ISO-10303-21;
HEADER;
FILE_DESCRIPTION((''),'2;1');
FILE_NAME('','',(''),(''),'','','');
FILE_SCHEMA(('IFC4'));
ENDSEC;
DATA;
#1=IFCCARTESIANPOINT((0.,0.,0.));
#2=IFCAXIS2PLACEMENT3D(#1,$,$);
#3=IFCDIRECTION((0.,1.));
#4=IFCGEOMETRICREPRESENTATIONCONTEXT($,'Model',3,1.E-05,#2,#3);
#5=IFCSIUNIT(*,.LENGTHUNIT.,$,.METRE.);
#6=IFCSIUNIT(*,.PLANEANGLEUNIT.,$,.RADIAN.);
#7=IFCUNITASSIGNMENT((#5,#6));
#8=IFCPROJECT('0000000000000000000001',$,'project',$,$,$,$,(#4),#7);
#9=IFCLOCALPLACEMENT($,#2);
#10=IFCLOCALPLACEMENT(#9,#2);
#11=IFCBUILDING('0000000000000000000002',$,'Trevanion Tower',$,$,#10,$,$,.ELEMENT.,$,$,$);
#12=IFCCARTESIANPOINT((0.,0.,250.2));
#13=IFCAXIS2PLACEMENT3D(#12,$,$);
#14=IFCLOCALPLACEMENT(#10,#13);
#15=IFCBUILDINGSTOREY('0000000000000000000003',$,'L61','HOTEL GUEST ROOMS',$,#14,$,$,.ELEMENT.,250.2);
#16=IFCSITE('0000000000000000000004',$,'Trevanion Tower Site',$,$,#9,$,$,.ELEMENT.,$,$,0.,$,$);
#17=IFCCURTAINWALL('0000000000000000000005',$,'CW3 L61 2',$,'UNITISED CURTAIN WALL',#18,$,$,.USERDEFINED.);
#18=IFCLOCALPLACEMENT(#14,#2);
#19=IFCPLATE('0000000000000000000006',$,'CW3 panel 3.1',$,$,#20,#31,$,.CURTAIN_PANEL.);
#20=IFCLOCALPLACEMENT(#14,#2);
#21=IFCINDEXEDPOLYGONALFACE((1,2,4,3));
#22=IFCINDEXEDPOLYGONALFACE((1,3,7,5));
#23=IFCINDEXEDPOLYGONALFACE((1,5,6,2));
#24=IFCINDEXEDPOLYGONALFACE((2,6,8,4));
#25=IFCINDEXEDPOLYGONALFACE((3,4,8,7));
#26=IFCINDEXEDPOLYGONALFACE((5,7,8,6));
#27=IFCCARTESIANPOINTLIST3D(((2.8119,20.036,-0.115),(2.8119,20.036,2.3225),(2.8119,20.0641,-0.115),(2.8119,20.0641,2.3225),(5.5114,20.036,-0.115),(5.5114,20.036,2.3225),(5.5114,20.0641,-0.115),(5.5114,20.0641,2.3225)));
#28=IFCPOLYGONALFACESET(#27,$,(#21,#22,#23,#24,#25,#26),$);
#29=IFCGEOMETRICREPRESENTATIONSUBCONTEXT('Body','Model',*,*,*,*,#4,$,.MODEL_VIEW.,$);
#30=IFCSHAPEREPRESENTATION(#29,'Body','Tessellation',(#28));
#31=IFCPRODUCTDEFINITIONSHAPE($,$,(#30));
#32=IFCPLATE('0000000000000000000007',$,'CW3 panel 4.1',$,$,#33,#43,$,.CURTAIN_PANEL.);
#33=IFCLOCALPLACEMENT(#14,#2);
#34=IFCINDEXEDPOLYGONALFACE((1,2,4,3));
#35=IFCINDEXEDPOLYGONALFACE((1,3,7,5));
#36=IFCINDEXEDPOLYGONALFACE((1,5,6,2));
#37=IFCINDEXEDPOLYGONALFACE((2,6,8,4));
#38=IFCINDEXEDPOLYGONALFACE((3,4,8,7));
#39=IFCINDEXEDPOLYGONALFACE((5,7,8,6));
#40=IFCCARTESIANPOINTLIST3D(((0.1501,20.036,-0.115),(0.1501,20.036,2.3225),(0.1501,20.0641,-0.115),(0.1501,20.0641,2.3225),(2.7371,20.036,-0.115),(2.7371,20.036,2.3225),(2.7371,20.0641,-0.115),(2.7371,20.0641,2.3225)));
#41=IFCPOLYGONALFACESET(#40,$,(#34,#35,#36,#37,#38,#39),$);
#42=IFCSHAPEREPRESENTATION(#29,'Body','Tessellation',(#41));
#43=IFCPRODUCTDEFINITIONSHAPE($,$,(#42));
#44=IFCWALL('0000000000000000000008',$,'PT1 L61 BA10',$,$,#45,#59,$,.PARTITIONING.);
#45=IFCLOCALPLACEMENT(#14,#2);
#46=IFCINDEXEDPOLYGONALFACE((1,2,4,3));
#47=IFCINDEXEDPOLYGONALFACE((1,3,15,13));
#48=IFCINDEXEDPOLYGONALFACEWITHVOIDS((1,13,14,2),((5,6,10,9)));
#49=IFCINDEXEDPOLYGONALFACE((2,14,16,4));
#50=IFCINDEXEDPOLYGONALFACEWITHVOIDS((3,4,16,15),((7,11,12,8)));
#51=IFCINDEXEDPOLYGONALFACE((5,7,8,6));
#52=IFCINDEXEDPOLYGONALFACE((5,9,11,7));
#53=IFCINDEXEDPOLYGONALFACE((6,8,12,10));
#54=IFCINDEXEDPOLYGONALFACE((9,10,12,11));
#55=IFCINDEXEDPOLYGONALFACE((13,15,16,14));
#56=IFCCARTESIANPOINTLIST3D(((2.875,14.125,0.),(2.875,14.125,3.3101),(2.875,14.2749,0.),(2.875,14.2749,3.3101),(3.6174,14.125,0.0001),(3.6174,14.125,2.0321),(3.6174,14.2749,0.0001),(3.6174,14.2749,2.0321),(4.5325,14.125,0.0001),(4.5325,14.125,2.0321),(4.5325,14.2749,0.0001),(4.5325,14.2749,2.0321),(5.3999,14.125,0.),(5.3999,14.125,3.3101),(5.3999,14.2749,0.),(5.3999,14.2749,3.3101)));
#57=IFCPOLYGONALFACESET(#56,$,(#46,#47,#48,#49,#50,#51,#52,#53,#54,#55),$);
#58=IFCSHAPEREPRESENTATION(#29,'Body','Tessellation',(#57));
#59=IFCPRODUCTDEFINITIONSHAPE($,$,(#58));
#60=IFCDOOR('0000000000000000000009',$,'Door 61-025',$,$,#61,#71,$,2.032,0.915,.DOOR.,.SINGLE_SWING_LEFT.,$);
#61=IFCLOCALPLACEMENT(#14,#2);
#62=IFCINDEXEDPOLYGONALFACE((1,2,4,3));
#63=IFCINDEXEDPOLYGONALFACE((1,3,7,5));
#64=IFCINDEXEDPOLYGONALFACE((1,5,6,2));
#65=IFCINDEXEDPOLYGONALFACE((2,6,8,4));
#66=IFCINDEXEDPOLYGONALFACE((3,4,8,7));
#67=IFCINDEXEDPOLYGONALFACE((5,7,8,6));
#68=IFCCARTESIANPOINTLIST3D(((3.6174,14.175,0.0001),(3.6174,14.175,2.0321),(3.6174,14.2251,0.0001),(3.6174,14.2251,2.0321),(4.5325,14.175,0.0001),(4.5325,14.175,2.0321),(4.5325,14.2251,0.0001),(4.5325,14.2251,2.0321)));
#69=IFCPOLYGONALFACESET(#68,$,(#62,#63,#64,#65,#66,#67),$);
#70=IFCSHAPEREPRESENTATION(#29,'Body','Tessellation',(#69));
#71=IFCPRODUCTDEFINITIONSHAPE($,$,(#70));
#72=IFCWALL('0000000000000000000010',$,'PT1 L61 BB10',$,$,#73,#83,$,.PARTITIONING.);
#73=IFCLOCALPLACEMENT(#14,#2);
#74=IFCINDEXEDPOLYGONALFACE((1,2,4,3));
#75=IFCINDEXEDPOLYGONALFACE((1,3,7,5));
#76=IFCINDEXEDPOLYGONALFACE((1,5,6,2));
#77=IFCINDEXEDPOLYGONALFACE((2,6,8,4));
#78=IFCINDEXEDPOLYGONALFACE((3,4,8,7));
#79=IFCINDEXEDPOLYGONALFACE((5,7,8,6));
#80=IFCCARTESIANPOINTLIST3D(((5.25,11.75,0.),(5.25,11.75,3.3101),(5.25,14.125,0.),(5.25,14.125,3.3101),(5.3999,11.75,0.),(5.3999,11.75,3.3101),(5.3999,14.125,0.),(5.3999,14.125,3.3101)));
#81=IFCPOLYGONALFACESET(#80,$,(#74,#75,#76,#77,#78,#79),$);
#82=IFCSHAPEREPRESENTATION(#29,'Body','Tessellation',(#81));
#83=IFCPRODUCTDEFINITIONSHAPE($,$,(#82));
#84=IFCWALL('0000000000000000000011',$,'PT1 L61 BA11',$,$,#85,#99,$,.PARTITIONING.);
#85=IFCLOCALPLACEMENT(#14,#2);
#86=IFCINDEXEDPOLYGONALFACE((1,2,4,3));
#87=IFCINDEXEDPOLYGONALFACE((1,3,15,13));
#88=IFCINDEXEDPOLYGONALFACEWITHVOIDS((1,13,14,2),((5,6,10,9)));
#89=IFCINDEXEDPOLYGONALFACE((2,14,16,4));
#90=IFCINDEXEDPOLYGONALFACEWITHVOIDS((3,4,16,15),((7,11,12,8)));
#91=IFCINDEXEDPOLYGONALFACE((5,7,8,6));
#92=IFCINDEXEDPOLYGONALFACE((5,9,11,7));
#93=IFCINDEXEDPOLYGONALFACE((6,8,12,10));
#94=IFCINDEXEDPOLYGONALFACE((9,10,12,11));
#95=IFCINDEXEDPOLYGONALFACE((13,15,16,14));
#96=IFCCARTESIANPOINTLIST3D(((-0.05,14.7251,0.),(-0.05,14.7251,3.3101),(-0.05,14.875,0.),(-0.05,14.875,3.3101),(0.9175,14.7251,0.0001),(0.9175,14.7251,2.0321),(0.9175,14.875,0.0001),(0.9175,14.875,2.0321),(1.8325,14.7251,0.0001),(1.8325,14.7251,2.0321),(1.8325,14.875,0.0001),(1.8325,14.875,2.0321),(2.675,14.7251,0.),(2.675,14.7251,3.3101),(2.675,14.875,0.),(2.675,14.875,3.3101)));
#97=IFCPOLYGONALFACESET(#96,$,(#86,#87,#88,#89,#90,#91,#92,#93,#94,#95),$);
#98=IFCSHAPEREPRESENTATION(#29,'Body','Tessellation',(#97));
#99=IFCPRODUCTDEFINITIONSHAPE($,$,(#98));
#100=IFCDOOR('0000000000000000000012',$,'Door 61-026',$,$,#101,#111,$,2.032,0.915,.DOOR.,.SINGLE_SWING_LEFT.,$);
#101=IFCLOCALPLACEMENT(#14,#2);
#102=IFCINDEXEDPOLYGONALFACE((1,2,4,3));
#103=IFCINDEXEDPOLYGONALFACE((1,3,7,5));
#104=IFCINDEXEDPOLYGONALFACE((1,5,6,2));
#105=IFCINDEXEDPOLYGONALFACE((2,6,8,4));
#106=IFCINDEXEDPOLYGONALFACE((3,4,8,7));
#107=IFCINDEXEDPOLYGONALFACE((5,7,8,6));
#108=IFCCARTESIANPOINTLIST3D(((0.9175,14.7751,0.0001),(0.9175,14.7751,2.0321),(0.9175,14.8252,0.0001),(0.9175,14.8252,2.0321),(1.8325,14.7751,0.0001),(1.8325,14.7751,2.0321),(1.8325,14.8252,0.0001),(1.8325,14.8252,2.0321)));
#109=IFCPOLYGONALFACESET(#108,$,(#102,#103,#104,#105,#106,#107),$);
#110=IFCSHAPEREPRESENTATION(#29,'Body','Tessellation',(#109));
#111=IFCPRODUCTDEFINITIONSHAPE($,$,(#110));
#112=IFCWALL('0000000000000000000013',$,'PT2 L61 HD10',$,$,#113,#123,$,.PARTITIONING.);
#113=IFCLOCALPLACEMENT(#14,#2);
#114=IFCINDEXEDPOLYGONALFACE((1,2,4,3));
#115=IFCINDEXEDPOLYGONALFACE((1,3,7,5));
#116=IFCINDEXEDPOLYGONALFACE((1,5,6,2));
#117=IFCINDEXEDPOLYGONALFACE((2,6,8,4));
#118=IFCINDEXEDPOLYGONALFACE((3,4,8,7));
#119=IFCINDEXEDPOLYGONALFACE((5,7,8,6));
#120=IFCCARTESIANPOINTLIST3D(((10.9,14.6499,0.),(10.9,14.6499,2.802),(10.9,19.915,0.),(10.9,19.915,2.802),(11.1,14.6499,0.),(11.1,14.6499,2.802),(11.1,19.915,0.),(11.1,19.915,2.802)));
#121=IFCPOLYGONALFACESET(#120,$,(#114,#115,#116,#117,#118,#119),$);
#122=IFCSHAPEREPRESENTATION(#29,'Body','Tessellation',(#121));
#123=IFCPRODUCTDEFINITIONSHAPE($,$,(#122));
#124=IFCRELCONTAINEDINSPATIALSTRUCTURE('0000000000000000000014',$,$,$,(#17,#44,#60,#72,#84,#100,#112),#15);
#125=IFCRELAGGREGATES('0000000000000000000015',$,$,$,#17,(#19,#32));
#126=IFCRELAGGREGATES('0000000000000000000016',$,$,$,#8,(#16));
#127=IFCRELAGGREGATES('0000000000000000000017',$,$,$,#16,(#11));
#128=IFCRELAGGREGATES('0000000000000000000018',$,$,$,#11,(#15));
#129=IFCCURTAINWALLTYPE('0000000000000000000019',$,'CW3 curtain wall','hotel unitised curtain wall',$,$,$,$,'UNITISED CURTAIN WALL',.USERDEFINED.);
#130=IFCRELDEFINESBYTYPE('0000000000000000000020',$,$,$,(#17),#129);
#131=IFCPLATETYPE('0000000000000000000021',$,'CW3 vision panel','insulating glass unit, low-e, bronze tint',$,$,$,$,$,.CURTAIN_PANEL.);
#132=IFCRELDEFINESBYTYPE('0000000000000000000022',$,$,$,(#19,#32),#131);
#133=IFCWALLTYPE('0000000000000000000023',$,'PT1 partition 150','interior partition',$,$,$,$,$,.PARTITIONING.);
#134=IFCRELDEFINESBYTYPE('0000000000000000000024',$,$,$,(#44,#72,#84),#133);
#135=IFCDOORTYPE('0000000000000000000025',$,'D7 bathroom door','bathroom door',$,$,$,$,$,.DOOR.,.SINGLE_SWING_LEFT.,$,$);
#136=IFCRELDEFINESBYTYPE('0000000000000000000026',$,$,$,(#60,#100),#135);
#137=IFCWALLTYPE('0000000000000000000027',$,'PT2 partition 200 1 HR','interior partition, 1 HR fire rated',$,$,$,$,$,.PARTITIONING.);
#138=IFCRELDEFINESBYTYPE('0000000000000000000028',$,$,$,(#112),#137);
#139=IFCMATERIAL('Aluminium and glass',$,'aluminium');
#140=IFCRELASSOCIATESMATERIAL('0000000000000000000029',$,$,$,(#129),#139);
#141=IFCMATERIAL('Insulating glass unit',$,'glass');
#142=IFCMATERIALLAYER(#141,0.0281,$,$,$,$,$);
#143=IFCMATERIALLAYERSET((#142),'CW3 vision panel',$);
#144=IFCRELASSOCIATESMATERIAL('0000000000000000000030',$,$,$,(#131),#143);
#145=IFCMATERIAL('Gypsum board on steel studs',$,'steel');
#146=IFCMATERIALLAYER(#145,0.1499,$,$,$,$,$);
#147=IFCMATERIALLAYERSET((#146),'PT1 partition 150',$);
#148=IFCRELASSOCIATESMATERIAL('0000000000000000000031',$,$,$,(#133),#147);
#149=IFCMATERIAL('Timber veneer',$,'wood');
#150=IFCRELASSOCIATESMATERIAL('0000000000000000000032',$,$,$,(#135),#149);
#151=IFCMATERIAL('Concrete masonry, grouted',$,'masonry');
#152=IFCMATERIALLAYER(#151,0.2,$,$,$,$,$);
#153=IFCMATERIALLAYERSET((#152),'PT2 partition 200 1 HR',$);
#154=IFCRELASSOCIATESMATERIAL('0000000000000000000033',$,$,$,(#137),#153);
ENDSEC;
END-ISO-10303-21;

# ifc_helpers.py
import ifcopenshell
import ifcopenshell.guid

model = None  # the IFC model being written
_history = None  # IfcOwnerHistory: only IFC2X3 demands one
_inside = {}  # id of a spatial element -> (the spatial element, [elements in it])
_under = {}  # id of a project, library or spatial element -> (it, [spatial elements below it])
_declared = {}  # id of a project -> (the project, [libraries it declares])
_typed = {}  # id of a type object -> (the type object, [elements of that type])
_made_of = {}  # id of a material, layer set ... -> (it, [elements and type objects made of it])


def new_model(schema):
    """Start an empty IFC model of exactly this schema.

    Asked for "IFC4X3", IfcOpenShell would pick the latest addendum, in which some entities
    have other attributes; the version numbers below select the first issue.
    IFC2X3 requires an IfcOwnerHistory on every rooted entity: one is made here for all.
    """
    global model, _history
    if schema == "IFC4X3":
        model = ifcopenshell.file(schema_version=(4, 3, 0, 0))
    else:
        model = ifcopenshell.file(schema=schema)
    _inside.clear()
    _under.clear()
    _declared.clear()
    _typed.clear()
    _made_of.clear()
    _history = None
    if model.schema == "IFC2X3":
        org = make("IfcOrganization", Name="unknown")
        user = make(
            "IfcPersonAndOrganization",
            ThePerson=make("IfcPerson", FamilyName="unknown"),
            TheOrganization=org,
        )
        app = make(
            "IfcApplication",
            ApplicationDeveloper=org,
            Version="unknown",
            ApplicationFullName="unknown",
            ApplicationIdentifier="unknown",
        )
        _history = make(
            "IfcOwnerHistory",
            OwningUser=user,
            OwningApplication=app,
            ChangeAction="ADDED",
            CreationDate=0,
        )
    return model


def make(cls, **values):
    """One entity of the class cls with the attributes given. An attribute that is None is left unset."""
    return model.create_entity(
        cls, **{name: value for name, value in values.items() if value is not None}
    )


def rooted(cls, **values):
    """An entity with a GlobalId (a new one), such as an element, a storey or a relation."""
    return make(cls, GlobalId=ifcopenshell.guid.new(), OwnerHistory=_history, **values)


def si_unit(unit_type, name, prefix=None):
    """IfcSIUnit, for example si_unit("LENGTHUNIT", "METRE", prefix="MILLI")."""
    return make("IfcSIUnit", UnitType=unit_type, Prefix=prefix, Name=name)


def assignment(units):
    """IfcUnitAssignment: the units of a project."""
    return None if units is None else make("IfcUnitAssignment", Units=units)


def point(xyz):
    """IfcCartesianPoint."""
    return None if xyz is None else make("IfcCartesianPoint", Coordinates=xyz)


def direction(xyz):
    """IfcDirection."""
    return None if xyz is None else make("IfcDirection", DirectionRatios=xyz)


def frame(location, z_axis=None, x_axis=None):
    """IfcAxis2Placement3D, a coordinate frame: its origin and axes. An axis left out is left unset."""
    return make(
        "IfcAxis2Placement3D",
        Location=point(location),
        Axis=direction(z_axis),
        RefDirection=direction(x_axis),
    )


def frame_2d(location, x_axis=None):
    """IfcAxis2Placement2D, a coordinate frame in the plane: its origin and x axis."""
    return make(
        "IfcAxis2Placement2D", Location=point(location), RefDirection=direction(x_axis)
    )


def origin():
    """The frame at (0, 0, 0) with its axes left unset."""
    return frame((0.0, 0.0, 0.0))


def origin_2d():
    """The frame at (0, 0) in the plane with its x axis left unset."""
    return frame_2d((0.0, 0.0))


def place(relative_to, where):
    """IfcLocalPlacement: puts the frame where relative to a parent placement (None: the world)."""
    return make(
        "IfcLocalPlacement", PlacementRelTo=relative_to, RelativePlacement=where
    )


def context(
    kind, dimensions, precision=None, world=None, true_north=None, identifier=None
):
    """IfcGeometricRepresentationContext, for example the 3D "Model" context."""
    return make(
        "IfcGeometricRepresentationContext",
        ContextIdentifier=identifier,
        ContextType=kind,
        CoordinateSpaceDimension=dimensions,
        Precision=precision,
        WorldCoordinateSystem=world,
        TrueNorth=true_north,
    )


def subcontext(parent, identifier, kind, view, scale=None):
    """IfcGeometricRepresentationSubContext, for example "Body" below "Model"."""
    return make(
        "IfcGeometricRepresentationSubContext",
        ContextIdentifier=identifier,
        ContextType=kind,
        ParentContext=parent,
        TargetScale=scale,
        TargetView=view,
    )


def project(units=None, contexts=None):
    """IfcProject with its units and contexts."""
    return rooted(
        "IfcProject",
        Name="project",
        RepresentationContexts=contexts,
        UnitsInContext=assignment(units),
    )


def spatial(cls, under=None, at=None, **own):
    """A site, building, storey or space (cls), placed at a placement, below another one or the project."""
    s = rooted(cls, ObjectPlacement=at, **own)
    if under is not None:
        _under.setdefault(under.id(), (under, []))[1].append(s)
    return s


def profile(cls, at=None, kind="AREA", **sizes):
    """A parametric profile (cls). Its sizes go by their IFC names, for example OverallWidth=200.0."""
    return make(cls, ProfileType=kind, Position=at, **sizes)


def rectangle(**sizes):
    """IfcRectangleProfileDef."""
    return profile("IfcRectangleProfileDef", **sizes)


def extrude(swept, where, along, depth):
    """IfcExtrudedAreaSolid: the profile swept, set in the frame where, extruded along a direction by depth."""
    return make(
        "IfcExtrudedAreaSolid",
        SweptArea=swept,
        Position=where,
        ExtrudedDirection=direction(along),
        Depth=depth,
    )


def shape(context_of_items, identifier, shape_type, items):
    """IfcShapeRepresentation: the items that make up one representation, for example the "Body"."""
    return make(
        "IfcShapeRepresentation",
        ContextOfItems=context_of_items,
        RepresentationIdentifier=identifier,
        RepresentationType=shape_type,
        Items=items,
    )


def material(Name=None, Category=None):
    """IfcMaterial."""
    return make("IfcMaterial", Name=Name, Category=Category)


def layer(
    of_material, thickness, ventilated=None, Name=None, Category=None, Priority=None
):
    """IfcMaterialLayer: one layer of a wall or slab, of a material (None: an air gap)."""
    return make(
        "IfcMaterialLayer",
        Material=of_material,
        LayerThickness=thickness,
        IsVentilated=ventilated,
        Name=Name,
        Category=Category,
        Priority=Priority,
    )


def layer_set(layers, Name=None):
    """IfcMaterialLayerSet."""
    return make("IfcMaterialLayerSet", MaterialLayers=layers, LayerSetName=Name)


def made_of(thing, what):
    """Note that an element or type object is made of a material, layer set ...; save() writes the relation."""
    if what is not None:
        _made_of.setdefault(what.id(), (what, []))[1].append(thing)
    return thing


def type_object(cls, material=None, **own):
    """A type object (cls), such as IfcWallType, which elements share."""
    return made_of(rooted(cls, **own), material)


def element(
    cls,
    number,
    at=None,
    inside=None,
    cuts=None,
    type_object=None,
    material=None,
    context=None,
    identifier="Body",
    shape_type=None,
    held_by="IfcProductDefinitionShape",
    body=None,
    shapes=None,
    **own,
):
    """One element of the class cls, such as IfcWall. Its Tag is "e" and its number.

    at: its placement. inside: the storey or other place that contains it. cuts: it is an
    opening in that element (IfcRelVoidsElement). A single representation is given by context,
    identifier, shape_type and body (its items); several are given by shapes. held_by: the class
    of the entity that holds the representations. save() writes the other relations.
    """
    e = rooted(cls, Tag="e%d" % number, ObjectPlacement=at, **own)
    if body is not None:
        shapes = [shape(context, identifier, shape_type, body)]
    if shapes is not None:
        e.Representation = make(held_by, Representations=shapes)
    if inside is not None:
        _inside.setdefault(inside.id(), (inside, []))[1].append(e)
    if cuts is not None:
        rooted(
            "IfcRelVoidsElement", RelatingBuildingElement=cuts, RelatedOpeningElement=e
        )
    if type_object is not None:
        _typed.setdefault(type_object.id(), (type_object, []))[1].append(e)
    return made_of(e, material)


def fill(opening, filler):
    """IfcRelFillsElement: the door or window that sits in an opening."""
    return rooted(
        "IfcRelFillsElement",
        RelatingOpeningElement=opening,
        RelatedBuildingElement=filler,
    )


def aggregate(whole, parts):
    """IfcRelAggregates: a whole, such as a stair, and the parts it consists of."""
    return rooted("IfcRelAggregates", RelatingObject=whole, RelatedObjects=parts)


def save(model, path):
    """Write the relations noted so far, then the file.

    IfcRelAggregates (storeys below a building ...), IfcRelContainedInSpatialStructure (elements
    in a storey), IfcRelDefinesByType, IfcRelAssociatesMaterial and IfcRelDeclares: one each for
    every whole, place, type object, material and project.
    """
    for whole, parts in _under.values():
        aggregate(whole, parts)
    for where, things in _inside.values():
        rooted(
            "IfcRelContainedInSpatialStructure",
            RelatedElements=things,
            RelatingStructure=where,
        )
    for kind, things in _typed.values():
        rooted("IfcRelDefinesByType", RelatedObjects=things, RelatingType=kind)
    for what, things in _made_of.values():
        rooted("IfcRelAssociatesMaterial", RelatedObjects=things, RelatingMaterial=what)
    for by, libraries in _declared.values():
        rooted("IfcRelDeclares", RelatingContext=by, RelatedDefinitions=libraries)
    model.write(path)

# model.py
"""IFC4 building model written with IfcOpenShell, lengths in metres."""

from ifc_helpers import new_model, si_unit, direction, frame, frame_2d, origin, origin_2d, place, context, subcontext, project, spatial, rectangle, extrude, material, layer, layer_set, type_object, element, fill, aggregate, save


model = new_model("IFC4")

# Units and contexts
model_context = context("Model", 3, precision=1e-05, world=origin(), true_north=direction((0.0, 1.0)))
body_context = subcontext(model_context, "Body", "Model", "MODEL_VIEW")
ifc_project = project(units=[si_unit("LENGTHUNIT", "METRE"), si_unit("PLANEANGLEUNIT", "RADIAN")], contexts=[model_context])

# Site, building, storey
site_placement = place(None, origin())
site = spatial("IfcSite", under=ifc_project, at=site_placement, Name="Trevanion Tower Site", CompositionType="ELEMENT", RefElevation=0.0)
building_placement = place(site_placement, origin())
building = spatial("IfcBuilding", under=site, at=building_placement, Name="Trevanion Tower", CompositionType="ELEMENT")
storey_placement = place(building_placement, frame((0.0, 0.0, 250.2)))
storey = spatial("IfcBuildingStorey", under=building, at=storey_placement, Name="L61", Description="HOTEL GUEST ROOMS", CompositionType="ELEMENT", Elevation=250.2)

# Curtain wall
ifc_material_1 = material(Name="Aluminium and glass", Category="aluminium")
curtain_wall_type = type_object("IfcCurtainWallType", Name="CW3 curtain wall", Description="hotel unitised curtain wall", ElementType="UNITISED CURTAIN WALL", PredefinedType="USERDEFINED", material=ifc_material_1)
curtain_wall_1_placement = place(storey_placement, origin())
curtain_wall_1 = element("IfcCurtainWall", 1, at=curtain_wall_1_placement, inside=storey, type_object=curtain_wall_type, Name="CW3 L61 2", ObjectType="UNITISED CURTAIN WALL", PredefinedType="USERDEFINED")

# Plates
ifc_material_2 = material(Name="Insulating glass unit", Category="glass")
ifc_layer_1 = layer(ifc_material_2, 0.0281)
ifc_layer_set_1 = layer_set([ifc_layer_1], Name="CW3 vision panel")
plate_type_1 = type_object("IfcPlateType", Name="CW3 vision panel", Description="insulating glass unit, low-e, bronze tint", PredefinedType="CURTAIN_PANEL", material=ifc_layer_set_1)
plate_1_placement = place(storey_placement, frame((4.1616, 20.05, -0.115), z_axis=(0.0, 0.0, 1.0), x_axis=(-1.0, 0.0, 0.0)))
plate_1 = element("IfcPlate", 2, at=plate_1_placement, type_object=plate_type_1, Name="CW3 panel 3.1", PredefinedType="CURTAIN_PANEL", context=body_context, shape_type="SweptSolid", body=[
    extrude(rectangle(XDim=2.6995, YDim=0.0281, at=origin_2d()), origin(), (0.0, 0.0, 1.0), 2.4375),
])
plate_2_placement = place(storey_placement, frame((1.4436, 20.05, -0.115), z_axis=(0.0, 0.0, 1.0), x_axis=(-1.0, 0.0, 0.0)))
plate_2 = element("IfcPlate", 3, at=plate_2_placement, type_object=plate_type_1, Name="CW3 panel 4.1", PredefinedType="CURTAIN_PANEL", context=body_context, shape_type="SweptSolid", body=[
    extrude(rectangle(XDim=2.5869, YDim=0.0281, at=origin_2d()), origin(), (0.0, 0.0, 1.0), 2.4375),
])
aggregate(curtain_wall_1, [plate_1, plate_2])

# Wall, opening, door
ifc_material_3 = material(Name="Gypsum board on steel studs", Category="steel")
ifc_layer_2 = layer(ifc_material_3, 0.1499)
ifc_layer_set_2 = layer_set([ifc_layer_2], Name="PT1 partition 150")
wall_type_1 = type_object("IfcWallType", Name="PT1 partition 150", Description="interior partition", PredefinedType="PARTITIONING", material=ifc_layer_set_2)
wall_1_placement = place(storey_placement, frame((5.3999, 14.2, 0.0), z_axis=(0.0, 0.0, 1.0), x_axis=(-1.0, 0.0, 0.0)))
wall_1 = element("IfcWall", 4, at=wall_1_placement, inside=storey, type_object=wall_type_1, Name="PT1 L61 BA10", PredefinedType="PARTITIONING", context=body_context, shape_type="SweptSolid", body=[
    extrude(rectangle(XDim=2.5249, YDim=0.1499, at=frame_2d((1.2625, 0.0))), origin(), (0.0, 0.0, 1.0), 3.3101),
])
opening_1_placement = place(wall_1_placement, frame((0.8674, 0.0, 0.0)))
opening_1 = element("IfcOpeningElement", 5, at=opening_1_placement, cuts=wall_1, PredefinedType="OPENING", context=body_context, shape_type="SweptSolid", body=[
    extrude(rectangle(XDim=0.915, YDim=2.032, at=frame_2d((0.4575, 1.0161))), frame((0.0, 0.085, 0.0), z_axis=(0.0, -1.0, 0.0), x_axis=(1.0, 0.0, 0.0)), (0.0, 0.0, 1.0), 0.1699),
])
ifc_material_4 = material(Name="Timber veneer", Category="wood")
door_type = type_object("IfcDoorType", Name="D7 bathroom door", Description="bathroom door", OperationType="SINGLE_SWING_LEFT", PredefinedType="DOOR", material=ifc_material_4)
door_1_placement = place(opening_1_placement, origin())
door_1 = element("IfcDoor", 6, at=door_1_placement, inside=storey, type_object=door_type, Name="Door 61-025", OperationType="SINGLE_SWING_LEFT", OverallHeight=2.032, OverallWidth=0.915, PredefinedType="DOOR", context=body_context, shape_type="SweptSolid", body=[
    extrude(rectangle(XDim=0.915, YDim=2.032, at=frame_2d((0.4575, 1.0161))), frame((0.0, 0.0249, 0.0), z_axis=(0.0, -1.0, 0.0), x_axis=(1.0, 0.0, 0.0)), (0.0, 0.0, 1.0), 0.05),
])
fill(opening_1, door_1)

# Wall
wall_2_placement = place(storey_placement, frame((5.325, 11.75, 0.0), z_axis=(0.0, 0.0, 1.0), x_axis=(0.0, 1.0, 0.0)))
element("IfcWall", 7, at=wall_2_placement, inside=storey, type_object=wall_type_1, Name="PT1 L61 BB10", PredefinedType="PARTITIONING", context=body_context, shape_type="SweptSolid", body=[
    extrude(rectangle(XDim=2.375, YDim=0.1499, at=frame_2d((1.1875, 0.0))), origin(), (0.0, 0.0, 1.0), 3.3101),
])

# Wall, opening, door
wall_3_placement = place(storey_placement, frame((2.675, 14.8, 0.0), z_axis=(0.0, 0.0, 1.0), x_axis=(-1.0, 0.0, 0.0)))
wall_3 = element("IfcWall", 8, at=wall_3_placement, inside=storey, type_object=wall_type_1, Name="PT1 L61 BA11", PredefinedType="PARTITIONING", context=body_context, shape_type="SweptSolid", body=[
    extrude(rectangle(XDim=2.7251, YDim=0.1499, at=frame_2d((1.3625, 0.0))), origin(), (0.0, 0.0, 1.0), 3.3101),
])
opening_2_placement = place(wall_3_placement, frame((0.8425, 0.0, 0.0)))
opening_2 = element("IfcOpeningElement", 9, at=opening_2_placement, cuts=wall_3, PredefinedType="OPENING", context=body_context, shape_type="SweptSolid", body=[
    extrude(rectangle(XDim=0.915, YDim=2.032, at=frame_2d((0.4575, 1.0161))), frame((0.0, 0.085, 0.0), z_axis=(0.0, -1.0, 0.0), x_axis=(1.0, 0.0, 0.0)), (0.0, 0.0, 1.0), 0.1699),
])
door_2_placement = place(opening_2_placement, origin())
door_2 = element("IfcDoor", 10, at=door_2_placement, inside=storey, type_object=door_type, Name="Door 61-026", OperationType="SINGLE_SWING_LEFT", OverallHeight=2.032, OverallWidth=0.915, PredefinedType="DOOR", context=body_context, shape_type="SweptSolid", body=[
    extrude(rectangle(XDim=0.915, YDim=2.032, at=frame_2d((0.4575, 1.0161))), frame((0.0, 0.0249, 0.0), z_axis=(0.0, -1.0, 0.0), x_axis=(1.0, 0.0, 0.0)), (0.0, 0.0, 1.0), 0.05),
])
fill(opening_2, door_2)

# Wall
ifc_material_5 = material(Name="Concrete masonry, grouted", Category="masonry")
ifc_layer_3 = layer(ifc_material_5, 0.2)
ifc_layer_set_3 = layer_set([ifc_layer_3], Name="PT2 partition 200 1 HR")
wall_type_2 = type_object("IfcWallType", Name="PT2 partition 200 1 HR", Description="interior partition, 1 HR fire rated", PredefinedType="PARTITIONING", material=ifc_layer_set_3)
wall_4_placement = place(storey_placement, frame((11.0, 14.6499, 0.0), z_axis=(0.0, 0.0, 1.0), x_axis=(0.0, 1.0, 0.0)))
element("IfcWall", 11, at=wall_4_placement, inside=storey, type_object=wall_type_2, Name="PT2 L61 HD10", PredefinedType="PARTITIONING", context=body_context, shape_type="SweptSolid", body=[
    extrude(rectangle(XDim=5.2651, YDim=0.2, at=frame_2d((2.6326, 0.0))), origin(), (0.0, 0.0, 1.0), 2.802),
])

save(model, "model.ifc")
